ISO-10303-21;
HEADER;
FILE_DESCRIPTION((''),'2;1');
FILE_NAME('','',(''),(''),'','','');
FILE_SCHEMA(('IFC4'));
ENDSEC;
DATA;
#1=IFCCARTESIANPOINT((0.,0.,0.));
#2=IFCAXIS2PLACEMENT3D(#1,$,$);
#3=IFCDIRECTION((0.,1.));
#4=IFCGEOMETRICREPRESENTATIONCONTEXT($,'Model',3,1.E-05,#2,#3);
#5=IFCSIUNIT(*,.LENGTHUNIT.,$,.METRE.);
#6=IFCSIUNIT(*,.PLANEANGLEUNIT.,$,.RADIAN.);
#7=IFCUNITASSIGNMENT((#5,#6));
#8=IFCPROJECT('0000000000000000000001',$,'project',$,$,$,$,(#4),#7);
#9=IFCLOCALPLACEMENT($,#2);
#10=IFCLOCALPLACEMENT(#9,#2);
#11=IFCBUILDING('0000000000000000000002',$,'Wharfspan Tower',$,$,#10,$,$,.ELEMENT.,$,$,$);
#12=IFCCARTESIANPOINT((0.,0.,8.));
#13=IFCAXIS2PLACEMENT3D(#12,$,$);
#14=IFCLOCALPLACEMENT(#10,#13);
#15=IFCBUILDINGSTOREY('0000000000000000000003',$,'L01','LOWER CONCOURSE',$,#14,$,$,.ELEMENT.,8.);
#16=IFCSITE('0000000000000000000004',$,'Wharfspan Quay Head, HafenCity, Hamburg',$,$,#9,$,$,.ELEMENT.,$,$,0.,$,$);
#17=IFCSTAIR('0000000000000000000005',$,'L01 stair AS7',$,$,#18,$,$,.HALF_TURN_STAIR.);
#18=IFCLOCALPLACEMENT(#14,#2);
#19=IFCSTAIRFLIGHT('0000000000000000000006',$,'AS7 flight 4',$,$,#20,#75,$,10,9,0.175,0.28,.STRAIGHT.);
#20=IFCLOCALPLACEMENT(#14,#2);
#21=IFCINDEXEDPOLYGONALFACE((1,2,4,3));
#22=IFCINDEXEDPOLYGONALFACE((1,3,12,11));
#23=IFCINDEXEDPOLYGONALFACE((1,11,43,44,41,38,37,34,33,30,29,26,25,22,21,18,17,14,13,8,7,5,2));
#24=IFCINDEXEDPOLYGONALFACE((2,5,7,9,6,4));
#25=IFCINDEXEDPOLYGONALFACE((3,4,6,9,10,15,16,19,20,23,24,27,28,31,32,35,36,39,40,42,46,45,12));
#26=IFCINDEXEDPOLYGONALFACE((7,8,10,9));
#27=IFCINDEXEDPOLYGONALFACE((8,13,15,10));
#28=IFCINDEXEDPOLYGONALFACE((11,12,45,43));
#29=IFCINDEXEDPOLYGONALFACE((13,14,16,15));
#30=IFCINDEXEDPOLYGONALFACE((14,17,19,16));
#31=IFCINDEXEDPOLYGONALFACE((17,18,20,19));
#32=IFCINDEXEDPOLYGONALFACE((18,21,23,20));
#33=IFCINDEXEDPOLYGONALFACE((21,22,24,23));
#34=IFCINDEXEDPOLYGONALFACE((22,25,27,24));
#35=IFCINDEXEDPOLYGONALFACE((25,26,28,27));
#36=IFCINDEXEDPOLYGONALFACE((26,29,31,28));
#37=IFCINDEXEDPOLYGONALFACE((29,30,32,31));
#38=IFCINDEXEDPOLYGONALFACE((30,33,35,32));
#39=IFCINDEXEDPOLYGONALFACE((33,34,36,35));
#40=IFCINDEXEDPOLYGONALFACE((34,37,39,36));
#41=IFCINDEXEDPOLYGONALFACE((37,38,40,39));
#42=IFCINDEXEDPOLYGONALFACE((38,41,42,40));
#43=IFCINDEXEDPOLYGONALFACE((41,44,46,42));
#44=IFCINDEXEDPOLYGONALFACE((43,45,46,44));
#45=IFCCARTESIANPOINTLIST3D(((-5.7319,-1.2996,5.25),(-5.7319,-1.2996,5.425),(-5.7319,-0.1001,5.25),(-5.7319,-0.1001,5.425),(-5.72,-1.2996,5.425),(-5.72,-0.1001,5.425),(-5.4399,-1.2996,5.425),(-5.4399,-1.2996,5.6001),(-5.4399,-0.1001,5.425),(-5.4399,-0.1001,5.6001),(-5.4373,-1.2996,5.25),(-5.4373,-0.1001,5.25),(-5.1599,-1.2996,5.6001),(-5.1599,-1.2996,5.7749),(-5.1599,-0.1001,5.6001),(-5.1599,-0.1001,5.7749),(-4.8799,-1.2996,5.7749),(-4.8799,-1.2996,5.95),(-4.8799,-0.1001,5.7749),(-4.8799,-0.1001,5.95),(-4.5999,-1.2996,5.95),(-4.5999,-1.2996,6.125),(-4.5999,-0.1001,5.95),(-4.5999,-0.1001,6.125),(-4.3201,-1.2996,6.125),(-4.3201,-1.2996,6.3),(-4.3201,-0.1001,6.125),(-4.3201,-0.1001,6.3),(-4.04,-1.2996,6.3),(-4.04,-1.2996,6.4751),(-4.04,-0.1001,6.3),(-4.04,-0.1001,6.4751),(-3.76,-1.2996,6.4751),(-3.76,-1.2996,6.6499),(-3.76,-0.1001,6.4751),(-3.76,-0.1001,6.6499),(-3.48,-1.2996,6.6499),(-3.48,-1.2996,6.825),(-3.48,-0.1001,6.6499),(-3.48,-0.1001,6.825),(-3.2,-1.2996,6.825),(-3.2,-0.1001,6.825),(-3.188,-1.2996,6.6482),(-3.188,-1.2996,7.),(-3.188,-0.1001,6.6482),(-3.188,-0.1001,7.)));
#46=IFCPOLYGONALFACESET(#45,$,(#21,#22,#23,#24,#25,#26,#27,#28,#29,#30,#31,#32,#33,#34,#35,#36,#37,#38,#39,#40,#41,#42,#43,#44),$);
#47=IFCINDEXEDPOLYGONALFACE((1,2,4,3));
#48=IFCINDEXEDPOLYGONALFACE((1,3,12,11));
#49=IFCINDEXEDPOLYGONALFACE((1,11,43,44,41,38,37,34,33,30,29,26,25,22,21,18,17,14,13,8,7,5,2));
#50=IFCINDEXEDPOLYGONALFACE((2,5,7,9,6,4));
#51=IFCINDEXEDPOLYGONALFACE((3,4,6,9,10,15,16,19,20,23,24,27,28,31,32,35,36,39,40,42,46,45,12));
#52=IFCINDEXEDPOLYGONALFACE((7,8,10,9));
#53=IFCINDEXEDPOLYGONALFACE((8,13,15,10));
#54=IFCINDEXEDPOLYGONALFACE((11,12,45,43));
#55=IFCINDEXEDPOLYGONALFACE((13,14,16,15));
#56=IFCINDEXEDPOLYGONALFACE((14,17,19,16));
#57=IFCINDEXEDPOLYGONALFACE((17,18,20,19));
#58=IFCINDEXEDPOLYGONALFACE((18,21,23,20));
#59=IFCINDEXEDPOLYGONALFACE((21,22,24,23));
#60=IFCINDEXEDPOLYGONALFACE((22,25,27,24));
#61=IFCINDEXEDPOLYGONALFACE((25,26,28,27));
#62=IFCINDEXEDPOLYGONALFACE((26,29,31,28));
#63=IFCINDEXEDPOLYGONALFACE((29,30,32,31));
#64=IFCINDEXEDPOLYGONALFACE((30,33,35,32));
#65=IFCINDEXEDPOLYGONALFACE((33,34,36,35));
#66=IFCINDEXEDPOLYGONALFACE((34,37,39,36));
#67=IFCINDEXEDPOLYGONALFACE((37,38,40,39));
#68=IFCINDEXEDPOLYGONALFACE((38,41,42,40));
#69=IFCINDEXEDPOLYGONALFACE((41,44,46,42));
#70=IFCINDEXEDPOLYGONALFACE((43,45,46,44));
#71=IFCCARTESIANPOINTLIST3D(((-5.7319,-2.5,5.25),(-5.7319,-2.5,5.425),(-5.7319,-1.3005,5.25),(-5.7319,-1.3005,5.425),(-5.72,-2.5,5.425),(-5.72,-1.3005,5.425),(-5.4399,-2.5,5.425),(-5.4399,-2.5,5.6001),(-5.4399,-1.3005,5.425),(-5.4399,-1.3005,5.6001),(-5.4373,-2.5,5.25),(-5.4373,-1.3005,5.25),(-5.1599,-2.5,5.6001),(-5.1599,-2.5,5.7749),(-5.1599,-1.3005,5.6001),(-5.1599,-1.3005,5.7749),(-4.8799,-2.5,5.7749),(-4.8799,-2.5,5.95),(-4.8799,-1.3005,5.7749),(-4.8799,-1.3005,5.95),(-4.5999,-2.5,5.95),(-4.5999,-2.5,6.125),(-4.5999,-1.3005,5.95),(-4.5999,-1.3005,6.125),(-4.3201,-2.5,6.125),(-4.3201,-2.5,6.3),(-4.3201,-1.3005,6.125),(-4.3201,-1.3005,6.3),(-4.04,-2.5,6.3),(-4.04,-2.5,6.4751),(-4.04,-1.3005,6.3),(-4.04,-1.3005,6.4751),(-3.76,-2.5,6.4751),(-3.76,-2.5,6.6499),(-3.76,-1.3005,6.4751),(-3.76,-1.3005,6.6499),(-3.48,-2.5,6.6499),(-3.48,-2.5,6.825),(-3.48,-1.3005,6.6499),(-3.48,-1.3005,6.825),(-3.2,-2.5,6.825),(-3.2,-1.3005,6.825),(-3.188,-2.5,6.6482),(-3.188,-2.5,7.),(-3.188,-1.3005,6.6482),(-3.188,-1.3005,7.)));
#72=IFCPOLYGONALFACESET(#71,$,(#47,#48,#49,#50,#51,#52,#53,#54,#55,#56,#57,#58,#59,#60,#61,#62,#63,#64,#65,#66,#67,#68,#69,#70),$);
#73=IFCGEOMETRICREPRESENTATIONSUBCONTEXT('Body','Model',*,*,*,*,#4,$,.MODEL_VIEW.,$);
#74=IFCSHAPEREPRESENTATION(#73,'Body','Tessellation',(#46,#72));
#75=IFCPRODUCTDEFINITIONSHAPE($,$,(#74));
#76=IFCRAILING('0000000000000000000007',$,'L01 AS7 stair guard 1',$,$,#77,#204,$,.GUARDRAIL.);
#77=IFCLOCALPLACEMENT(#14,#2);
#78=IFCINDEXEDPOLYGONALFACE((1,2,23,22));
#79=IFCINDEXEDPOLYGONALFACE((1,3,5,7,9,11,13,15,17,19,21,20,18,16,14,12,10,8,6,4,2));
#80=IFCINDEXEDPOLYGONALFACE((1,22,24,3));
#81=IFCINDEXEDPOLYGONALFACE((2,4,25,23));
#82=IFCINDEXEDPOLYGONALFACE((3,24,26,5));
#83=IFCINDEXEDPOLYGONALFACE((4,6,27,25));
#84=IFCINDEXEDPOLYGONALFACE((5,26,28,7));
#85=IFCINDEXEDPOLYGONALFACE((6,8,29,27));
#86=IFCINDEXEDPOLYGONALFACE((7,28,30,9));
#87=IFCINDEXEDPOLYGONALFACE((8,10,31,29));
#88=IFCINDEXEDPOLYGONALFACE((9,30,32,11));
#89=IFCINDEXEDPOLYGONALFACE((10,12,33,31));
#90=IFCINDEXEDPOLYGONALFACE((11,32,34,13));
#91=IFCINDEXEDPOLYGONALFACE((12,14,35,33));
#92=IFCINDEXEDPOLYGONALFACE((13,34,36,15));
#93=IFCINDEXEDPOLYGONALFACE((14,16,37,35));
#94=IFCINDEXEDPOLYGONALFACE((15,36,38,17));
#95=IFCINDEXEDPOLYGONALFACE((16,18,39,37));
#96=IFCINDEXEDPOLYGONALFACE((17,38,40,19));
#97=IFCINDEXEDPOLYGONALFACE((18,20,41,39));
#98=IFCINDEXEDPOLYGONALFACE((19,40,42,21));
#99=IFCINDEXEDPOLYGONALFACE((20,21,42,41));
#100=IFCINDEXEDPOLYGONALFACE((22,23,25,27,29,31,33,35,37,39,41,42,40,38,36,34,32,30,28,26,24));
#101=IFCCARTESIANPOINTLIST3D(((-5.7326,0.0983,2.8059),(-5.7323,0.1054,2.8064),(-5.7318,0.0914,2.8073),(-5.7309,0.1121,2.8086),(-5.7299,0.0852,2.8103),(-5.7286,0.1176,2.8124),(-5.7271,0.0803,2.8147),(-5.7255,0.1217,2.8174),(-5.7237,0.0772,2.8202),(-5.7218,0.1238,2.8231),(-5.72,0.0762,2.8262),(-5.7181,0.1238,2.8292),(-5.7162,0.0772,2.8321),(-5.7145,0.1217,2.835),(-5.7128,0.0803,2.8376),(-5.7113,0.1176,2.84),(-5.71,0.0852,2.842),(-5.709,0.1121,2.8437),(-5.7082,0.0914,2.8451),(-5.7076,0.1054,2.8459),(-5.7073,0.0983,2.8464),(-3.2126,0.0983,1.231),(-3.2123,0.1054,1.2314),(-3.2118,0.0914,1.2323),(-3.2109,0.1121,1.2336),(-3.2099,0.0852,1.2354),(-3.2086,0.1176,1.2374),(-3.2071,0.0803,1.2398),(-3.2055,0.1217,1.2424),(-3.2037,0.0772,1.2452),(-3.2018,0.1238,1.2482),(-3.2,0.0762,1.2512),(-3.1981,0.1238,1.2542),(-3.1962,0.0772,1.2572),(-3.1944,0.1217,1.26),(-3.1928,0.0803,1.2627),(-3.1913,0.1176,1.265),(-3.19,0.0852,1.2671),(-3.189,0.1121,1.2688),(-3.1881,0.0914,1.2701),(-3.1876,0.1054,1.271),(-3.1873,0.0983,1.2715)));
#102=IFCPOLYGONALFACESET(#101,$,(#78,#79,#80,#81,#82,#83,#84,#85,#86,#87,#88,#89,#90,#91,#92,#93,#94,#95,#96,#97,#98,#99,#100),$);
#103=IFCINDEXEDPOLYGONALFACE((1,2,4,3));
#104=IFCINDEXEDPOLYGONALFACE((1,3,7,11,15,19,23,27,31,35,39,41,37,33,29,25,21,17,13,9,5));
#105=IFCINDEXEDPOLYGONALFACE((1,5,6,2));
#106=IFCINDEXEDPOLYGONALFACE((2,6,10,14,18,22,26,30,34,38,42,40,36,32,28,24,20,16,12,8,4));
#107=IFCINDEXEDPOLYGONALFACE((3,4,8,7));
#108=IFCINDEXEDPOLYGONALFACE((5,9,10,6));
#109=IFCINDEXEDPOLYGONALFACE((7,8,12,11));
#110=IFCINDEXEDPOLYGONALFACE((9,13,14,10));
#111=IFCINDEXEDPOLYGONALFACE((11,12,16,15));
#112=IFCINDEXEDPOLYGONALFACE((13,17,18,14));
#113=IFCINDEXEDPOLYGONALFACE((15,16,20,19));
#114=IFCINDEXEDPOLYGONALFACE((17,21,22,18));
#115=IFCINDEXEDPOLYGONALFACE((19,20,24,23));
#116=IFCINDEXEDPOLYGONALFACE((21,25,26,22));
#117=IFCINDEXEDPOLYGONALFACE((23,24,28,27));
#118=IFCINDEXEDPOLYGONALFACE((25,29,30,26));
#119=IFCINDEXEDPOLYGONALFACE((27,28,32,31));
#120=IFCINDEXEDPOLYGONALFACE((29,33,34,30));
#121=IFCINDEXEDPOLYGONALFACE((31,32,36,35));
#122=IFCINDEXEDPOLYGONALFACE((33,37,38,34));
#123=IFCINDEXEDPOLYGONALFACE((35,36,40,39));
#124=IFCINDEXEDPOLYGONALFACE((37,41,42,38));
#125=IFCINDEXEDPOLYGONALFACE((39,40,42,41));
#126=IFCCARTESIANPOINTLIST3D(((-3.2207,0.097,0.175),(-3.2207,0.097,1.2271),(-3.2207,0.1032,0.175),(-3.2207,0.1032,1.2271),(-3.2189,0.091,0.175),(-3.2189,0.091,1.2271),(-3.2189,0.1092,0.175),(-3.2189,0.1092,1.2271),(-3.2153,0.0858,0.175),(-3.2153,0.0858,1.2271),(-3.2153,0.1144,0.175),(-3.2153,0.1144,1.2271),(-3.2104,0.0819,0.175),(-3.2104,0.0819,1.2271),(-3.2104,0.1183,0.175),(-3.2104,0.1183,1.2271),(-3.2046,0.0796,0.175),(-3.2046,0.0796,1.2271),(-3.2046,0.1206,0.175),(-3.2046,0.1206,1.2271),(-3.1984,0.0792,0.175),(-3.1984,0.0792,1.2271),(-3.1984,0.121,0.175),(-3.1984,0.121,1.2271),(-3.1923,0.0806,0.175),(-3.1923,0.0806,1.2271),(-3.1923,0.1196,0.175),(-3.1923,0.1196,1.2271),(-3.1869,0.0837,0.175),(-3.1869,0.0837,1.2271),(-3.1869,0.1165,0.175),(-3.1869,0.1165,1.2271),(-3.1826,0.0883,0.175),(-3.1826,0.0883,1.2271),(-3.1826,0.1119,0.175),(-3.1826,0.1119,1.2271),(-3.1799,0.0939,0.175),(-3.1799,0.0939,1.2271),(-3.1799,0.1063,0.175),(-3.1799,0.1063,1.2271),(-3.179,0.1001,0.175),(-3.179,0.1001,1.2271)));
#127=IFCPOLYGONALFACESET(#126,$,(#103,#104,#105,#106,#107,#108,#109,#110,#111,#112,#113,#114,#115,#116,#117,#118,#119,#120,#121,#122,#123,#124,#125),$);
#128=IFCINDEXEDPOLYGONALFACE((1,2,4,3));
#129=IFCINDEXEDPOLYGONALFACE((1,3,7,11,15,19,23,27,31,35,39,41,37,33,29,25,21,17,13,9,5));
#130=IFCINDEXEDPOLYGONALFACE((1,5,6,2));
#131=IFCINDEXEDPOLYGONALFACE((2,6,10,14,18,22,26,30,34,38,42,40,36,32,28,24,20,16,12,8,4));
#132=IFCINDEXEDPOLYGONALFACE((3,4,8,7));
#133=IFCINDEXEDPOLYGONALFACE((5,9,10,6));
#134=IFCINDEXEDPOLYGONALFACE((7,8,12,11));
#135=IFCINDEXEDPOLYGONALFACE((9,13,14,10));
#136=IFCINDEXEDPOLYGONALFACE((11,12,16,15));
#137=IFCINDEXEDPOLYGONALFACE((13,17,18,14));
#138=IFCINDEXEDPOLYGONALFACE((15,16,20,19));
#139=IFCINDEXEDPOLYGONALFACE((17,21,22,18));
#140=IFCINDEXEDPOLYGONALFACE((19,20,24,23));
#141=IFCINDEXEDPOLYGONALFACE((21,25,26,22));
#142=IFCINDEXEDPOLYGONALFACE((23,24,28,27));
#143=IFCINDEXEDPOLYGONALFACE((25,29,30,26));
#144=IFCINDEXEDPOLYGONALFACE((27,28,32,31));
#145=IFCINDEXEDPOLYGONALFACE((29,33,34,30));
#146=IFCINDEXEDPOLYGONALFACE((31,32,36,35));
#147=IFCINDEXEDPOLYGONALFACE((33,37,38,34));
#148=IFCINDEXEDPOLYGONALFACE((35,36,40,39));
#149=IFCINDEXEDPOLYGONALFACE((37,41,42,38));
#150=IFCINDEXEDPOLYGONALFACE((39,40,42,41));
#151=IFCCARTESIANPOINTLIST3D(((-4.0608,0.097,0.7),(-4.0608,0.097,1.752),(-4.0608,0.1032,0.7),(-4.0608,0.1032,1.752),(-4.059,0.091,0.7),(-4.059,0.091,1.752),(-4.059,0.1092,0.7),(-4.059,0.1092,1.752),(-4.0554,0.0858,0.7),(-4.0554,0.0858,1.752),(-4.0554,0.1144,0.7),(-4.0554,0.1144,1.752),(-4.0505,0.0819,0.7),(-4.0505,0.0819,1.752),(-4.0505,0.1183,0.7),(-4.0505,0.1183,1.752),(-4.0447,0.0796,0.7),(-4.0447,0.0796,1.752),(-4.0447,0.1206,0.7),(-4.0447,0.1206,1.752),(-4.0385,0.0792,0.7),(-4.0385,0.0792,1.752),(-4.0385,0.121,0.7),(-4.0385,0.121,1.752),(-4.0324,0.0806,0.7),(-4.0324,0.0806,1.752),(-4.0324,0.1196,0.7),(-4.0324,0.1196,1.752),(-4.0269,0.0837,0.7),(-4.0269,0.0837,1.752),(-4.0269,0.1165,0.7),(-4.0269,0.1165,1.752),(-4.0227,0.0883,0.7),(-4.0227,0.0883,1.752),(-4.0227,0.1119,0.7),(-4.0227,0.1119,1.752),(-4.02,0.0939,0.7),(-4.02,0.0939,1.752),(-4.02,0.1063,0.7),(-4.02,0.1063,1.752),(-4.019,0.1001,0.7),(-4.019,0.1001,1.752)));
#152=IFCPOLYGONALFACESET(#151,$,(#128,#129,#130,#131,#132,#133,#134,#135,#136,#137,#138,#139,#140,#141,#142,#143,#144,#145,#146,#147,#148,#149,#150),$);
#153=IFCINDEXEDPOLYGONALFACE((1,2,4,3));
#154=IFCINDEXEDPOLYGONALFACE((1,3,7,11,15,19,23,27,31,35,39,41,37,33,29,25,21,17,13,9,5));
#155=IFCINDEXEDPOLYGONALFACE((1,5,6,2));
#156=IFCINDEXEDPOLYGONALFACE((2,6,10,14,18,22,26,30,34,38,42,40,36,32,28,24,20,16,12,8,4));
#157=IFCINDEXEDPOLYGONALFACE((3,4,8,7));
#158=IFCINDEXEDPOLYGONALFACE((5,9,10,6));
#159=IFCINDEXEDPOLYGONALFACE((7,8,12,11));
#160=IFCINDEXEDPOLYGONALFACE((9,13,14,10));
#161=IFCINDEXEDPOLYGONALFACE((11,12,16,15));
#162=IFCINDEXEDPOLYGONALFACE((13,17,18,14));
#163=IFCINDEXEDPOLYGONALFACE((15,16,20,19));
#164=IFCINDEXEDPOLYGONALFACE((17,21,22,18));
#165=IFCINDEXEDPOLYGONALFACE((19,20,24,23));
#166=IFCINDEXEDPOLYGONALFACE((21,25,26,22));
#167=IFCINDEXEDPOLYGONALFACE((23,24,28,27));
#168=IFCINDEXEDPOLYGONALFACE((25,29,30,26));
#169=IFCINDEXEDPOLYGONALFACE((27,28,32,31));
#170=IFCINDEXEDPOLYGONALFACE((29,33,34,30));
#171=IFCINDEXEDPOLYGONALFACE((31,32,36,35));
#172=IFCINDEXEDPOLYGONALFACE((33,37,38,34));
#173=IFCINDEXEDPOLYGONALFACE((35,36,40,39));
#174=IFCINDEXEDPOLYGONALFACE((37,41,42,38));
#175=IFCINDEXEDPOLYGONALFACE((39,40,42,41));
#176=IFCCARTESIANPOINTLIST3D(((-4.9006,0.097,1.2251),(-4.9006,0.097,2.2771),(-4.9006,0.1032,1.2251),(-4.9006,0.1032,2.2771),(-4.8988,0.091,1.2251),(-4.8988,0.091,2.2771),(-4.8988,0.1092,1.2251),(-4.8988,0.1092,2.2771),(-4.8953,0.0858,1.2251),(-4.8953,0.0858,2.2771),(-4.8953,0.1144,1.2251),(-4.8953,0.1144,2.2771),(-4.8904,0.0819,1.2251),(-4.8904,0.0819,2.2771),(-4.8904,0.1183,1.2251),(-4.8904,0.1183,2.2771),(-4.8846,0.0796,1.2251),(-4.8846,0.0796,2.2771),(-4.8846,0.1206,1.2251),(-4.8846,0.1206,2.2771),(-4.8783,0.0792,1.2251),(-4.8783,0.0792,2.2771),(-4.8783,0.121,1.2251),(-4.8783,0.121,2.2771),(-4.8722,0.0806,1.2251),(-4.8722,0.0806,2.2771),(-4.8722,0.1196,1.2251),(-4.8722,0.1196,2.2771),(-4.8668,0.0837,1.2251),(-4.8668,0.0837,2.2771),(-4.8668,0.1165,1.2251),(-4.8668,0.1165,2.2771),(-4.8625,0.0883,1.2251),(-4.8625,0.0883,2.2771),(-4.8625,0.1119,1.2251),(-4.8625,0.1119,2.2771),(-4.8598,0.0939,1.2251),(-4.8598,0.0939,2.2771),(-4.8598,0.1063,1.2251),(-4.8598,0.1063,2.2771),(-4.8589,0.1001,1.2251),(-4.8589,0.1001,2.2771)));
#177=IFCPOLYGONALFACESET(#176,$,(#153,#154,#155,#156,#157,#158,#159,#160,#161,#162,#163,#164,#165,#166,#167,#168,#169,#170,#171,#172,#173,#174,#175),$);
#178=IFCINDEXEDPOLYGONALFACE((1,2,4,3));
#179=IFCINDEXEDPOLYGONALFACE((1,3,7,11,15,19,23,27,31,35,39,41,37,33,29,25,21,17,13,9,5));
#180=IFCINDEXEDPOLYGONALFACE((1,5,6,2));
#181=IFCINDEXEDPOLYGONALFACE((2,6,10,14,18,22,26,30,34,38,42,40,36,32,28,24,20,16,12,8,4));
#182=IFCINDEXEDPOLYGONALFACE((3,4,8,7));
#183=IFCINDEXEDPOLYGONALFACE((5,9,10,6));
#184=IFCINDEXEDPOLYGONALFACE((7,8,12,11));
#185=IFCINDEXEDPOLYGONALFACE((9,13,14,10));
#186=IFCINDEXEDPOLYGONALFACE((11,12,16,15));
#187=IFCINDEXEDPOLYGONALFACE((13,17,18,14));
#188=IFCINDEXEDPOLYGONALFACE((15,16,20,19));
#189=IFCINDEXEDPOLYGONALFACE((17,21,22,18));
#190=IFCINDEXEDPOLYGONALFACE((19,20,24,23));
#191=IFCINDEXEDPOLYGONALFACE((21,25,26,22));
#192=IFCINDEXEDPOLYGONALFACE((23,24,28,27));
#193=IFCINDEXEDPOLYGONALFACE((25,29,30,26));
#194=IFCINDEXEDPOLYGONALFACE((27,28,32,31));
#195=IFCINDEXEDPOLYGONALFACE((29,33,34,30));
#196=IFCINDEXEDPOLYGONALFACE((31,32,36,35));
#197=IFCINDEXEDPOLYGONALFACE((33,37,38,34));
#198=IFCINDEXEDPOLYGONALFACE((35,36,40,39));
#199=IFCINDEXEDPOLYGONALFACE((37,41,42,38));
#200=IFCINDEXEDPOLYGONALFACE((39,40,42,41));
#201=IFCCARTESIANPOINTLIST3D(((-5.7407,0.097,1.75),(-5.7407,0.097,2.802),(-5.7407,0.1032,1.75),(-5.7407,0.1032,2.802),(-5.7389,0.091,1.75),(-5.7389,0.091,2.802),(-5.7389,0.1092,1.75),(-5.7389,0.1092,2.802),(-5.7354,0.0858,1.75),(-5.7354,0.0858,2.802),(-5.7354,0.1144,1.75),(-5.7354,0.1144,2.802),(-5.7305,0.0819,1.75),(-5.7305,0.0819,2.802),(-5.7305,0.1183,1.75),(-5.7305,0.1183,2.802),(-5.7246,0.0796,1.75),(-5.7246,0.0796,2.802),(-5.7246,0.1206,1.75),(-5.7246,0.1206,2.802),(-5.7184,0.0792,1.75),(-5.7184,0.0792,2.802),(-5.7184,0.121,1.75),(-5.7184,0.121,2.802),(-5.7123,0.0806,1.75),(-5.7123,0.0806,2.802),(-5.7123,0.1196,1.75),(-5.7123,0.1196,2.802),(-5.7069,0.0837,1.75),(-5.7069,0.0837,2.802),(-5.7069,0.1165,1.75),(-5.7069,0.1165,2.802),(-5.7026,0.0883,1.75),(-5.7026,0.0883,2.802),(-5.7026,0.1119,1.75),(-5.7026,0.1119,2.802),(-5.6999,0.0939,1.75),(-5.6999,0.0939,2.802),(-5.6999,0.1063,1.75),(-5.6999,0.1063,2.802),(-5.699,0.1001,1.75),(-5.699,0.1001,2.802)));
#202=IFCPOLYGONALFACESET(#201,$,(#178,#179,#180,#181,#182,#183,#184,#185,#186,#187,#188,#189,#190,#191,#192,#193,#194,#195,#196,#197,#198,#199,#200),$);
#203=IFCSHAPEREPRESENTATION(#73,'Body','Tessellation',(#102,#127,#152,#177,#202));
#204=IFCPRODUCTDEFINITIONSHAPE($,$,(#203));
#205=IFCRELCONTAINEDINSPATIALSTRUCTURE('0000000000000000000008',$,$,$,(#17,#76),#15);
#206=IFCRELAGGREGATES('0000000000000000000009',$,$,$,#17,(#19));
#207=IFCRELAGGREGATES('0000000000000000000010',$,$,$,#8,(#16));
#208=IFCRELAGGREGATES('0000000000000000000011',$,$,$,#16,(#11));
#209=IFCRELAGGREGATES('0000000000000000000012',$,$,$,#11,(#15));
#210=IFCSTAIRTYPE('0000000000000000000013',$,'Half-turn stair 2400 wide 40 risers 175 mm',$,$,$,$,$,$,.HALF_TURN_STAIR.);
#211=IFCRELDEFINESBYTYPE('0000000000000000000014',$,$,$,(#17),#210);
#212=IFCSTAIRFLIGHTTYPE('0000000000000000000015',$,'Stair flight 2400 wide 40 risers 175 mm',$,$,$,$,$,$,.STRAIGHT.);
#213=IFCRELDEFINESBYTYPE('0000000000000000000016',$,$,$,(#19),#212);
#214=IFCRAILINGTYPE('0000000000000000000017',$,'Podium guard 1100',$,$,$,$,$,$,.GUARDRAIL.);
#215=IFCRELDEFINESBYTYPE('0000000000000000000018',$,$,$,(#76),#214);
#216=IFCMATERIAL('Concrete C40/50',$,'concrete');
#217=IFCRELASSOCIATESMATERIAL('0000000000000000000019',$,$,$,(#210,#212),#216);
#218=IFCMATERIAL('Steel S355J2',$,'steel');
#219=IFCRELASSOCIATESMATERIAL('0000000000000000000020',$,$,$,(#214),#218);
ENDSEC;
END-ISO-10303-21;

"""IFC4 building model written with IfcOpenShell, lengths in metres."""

from ifc_helpers import new_model, si_unit, direction, frame, origin, origin_2d, place, context, subcontext, project, spatial, polyline, circle, outline, extrude, material, type_object, element, aggregate, save


model = new_model("IFC4")

# Units and contexts
model_context = context("Model", 3, precision=1e-05, world=origin(), true_north=direction((0.0, 1.0)))
body_context = subcontext(model_context, "Body", "Model", "MODEL_VIEW")
ifc_project = project(units=[si_unit("LENGTHUNIT", "METRE"), si_unit("PLANEANGLEUNIT", "RADIAN")], contexts=[model_context])

# Site, building, storey
site_placement = place(None, origin())
site = spatial("IfcSite", under=ifc_project, at=site_placement, Name="Wharfspan Quay Head, HafenCity, Hamburg", CompositionType="ELEMENT", RefElevation=0.0)
building_placement = place(site_placement, origin())
building = spatial("IfcBuilding", under=site, at=building_placement, Name="Wharfspan Tower", CompositionType="ELEMENT")
storey_placement = place(building_placement, frame((0.0, 0.0, 8.0)))
storey = spatial("IfcBuildingStorey", under=building, at=storey_placement, Name="L01", Description="LOWER CONCOURSE", CompositionType="ELEMENT", Elevation=8.0)

# Shared definitions
ifc_material_1 = material(Name="Concrete C40/50", Category="concrete")

# Stair, stair flight
stair_type = type_object("IfcStairType", Name="Half-turn stair 2400 wide 40 risers 175 mm", PredefinedType="HALF_TURN_STAIR", material=ifc_material_1)
stair_placement = place(storey_placement, origin())
stair = element("IfcStair", 1, at=stair_placement, inside=storey, type_object=stair_type, Name="L01 stair AS7", PredefinedType="HALF_TURN_STAIR")
stair_flight_type = type_object("IfcStairFlightType", Name="Stair flight 2400 wide 40 risers 175 mm", PredefinedType="STRAIGHT", material=ifc_material_1)
stair_flight_1_placement = place(storey_placement, frame((-5.72, -1.3, 5.25), z_axis=(0.0, 0.0, 1.0), x_axis=(1.0, 0.0, 0.0)))
stair_flight_1 = element("IfcStairFlight", 2, at=stair_flight_1_placement, type_object=stair_flight_type, Name="AS7 flight 4", NumberOfRisers=10, NumberOfTreads=9, PredefinedType="STRAIGHT", RiserHeight=0.175, TreadLength=0.28, context=body_context, shape_type="SweptSolid", body=[
    extrude(outline(polyline([(-0.012, 0.0), (-0.012, 0.175), (0.0, 0.175), (0.28, 0.175), (0.28, 0.3501), (0.5601, 0.3501), (0.5601, 0.5249), (0.8401, 0.5249), (0.8401, 0.7), (1.1201, 0.7), (1.1201, 0.875), (1.3999, 0.875), (1.3999, 1.05), (1.6799, 1.05), (1.6799, 1.2251), (1.96, 1.2251), (1.96, 1.3999), (2.24, 1.3999), (2.24, 1.575), (2.52, 1.575), (2.532, 1.75), (2.532, 1.3982), (0.2827, 0.0), (-0.012, 0.0)])), frame((0.0, 1.2, 0.0), z_axis=(0.0, -1.0, 0.0), x_axis=(1.0, 0.0, 0.0)), (0.0, 0.0, 1.0), 1.1995),
    extrude(outline(polyline([(-0.012, 0.0), (-0.012, 0.175), (0.0, 0.175), (0.28, 0.175), (0.28, 0.3501), (0.5601, 0.3501), (0.5601, 0.5249), (0.8401, 0.5249), (0.8401, 0.7), (1.1201, 0.7), (1.1201, 0.875), (1.3999, 0.875), (1.3999, 1.05), (1.6799, 1.05), (1.6799, 1.2251), (1.96, 1.2251), (1.96, 1.3999), (2.24, 1.3999), (2.24, 1.575), (2.52, 1.575), (2.532, 1.75), (2.532, 1.3982), (0.2827, 0.0), (-0.012, 0.0)])), frame((0.0, -0.0005, 0.0), z_axis=(0.0, -1.0, 0.0), x_axis=(1.0, 0.0, 0.0)), (0.0, 0.0, 1.0), 1.1995),
])
aggregate(stair, [stair_flight_1])

# Railing
ifc_material_2 = material(Name="Steel S355J2", Category="steel")
railing_type_1 = type_object("IfcRailingType", Name="Podium guard 1100", PredefinedType="GUARDRAIL", material=ifc_material_2)
railing_1_placement = place(storey_placement, frame((-3.2, 0.1001, 0.175)))
element("IfcRailing", 3, at=railing_1_placement, inside=storey, type_object=railing_type_1, Name="L01 AS7 stair guard 1", PredefinedType="GUARDRAIL", context=body_context, shape_type="SweptSolid", body=[
    extrude(circle(Radius=0.0239, at=origin_2d()), frame((0.0, 0.0, 1.0762), z_axis=(-0.848008, 0.0, 0.529984), x_axis=(0.0, -1.0, 0.0)), (0.0, 0.0, 1.0), 2.9717),
    extrude(circle(Radius=0.021, at=origin_2d()), origin(), (0.0, 0.0, 1.0), 1.052),
    extrude(circle(Radius=0.021, at=origin_2d()), frame((-0.8401, 0.0, 0.5249)), (0.0, 0.0, 1.0), 1.052),
    extrude(circle(Radius=0.021, at=origin_2d()), frame((-1.6799, 0.0, 1.05)), (0.0, 0.0, 1.0), 1.052),
    extrude(circle(Radius=0.021, at=origin_2d()), frame((-2.52, 0.0, 1.575)), (0.0, 0.0, 1.0), 1.052),
])

save(model, "model.ifc")
